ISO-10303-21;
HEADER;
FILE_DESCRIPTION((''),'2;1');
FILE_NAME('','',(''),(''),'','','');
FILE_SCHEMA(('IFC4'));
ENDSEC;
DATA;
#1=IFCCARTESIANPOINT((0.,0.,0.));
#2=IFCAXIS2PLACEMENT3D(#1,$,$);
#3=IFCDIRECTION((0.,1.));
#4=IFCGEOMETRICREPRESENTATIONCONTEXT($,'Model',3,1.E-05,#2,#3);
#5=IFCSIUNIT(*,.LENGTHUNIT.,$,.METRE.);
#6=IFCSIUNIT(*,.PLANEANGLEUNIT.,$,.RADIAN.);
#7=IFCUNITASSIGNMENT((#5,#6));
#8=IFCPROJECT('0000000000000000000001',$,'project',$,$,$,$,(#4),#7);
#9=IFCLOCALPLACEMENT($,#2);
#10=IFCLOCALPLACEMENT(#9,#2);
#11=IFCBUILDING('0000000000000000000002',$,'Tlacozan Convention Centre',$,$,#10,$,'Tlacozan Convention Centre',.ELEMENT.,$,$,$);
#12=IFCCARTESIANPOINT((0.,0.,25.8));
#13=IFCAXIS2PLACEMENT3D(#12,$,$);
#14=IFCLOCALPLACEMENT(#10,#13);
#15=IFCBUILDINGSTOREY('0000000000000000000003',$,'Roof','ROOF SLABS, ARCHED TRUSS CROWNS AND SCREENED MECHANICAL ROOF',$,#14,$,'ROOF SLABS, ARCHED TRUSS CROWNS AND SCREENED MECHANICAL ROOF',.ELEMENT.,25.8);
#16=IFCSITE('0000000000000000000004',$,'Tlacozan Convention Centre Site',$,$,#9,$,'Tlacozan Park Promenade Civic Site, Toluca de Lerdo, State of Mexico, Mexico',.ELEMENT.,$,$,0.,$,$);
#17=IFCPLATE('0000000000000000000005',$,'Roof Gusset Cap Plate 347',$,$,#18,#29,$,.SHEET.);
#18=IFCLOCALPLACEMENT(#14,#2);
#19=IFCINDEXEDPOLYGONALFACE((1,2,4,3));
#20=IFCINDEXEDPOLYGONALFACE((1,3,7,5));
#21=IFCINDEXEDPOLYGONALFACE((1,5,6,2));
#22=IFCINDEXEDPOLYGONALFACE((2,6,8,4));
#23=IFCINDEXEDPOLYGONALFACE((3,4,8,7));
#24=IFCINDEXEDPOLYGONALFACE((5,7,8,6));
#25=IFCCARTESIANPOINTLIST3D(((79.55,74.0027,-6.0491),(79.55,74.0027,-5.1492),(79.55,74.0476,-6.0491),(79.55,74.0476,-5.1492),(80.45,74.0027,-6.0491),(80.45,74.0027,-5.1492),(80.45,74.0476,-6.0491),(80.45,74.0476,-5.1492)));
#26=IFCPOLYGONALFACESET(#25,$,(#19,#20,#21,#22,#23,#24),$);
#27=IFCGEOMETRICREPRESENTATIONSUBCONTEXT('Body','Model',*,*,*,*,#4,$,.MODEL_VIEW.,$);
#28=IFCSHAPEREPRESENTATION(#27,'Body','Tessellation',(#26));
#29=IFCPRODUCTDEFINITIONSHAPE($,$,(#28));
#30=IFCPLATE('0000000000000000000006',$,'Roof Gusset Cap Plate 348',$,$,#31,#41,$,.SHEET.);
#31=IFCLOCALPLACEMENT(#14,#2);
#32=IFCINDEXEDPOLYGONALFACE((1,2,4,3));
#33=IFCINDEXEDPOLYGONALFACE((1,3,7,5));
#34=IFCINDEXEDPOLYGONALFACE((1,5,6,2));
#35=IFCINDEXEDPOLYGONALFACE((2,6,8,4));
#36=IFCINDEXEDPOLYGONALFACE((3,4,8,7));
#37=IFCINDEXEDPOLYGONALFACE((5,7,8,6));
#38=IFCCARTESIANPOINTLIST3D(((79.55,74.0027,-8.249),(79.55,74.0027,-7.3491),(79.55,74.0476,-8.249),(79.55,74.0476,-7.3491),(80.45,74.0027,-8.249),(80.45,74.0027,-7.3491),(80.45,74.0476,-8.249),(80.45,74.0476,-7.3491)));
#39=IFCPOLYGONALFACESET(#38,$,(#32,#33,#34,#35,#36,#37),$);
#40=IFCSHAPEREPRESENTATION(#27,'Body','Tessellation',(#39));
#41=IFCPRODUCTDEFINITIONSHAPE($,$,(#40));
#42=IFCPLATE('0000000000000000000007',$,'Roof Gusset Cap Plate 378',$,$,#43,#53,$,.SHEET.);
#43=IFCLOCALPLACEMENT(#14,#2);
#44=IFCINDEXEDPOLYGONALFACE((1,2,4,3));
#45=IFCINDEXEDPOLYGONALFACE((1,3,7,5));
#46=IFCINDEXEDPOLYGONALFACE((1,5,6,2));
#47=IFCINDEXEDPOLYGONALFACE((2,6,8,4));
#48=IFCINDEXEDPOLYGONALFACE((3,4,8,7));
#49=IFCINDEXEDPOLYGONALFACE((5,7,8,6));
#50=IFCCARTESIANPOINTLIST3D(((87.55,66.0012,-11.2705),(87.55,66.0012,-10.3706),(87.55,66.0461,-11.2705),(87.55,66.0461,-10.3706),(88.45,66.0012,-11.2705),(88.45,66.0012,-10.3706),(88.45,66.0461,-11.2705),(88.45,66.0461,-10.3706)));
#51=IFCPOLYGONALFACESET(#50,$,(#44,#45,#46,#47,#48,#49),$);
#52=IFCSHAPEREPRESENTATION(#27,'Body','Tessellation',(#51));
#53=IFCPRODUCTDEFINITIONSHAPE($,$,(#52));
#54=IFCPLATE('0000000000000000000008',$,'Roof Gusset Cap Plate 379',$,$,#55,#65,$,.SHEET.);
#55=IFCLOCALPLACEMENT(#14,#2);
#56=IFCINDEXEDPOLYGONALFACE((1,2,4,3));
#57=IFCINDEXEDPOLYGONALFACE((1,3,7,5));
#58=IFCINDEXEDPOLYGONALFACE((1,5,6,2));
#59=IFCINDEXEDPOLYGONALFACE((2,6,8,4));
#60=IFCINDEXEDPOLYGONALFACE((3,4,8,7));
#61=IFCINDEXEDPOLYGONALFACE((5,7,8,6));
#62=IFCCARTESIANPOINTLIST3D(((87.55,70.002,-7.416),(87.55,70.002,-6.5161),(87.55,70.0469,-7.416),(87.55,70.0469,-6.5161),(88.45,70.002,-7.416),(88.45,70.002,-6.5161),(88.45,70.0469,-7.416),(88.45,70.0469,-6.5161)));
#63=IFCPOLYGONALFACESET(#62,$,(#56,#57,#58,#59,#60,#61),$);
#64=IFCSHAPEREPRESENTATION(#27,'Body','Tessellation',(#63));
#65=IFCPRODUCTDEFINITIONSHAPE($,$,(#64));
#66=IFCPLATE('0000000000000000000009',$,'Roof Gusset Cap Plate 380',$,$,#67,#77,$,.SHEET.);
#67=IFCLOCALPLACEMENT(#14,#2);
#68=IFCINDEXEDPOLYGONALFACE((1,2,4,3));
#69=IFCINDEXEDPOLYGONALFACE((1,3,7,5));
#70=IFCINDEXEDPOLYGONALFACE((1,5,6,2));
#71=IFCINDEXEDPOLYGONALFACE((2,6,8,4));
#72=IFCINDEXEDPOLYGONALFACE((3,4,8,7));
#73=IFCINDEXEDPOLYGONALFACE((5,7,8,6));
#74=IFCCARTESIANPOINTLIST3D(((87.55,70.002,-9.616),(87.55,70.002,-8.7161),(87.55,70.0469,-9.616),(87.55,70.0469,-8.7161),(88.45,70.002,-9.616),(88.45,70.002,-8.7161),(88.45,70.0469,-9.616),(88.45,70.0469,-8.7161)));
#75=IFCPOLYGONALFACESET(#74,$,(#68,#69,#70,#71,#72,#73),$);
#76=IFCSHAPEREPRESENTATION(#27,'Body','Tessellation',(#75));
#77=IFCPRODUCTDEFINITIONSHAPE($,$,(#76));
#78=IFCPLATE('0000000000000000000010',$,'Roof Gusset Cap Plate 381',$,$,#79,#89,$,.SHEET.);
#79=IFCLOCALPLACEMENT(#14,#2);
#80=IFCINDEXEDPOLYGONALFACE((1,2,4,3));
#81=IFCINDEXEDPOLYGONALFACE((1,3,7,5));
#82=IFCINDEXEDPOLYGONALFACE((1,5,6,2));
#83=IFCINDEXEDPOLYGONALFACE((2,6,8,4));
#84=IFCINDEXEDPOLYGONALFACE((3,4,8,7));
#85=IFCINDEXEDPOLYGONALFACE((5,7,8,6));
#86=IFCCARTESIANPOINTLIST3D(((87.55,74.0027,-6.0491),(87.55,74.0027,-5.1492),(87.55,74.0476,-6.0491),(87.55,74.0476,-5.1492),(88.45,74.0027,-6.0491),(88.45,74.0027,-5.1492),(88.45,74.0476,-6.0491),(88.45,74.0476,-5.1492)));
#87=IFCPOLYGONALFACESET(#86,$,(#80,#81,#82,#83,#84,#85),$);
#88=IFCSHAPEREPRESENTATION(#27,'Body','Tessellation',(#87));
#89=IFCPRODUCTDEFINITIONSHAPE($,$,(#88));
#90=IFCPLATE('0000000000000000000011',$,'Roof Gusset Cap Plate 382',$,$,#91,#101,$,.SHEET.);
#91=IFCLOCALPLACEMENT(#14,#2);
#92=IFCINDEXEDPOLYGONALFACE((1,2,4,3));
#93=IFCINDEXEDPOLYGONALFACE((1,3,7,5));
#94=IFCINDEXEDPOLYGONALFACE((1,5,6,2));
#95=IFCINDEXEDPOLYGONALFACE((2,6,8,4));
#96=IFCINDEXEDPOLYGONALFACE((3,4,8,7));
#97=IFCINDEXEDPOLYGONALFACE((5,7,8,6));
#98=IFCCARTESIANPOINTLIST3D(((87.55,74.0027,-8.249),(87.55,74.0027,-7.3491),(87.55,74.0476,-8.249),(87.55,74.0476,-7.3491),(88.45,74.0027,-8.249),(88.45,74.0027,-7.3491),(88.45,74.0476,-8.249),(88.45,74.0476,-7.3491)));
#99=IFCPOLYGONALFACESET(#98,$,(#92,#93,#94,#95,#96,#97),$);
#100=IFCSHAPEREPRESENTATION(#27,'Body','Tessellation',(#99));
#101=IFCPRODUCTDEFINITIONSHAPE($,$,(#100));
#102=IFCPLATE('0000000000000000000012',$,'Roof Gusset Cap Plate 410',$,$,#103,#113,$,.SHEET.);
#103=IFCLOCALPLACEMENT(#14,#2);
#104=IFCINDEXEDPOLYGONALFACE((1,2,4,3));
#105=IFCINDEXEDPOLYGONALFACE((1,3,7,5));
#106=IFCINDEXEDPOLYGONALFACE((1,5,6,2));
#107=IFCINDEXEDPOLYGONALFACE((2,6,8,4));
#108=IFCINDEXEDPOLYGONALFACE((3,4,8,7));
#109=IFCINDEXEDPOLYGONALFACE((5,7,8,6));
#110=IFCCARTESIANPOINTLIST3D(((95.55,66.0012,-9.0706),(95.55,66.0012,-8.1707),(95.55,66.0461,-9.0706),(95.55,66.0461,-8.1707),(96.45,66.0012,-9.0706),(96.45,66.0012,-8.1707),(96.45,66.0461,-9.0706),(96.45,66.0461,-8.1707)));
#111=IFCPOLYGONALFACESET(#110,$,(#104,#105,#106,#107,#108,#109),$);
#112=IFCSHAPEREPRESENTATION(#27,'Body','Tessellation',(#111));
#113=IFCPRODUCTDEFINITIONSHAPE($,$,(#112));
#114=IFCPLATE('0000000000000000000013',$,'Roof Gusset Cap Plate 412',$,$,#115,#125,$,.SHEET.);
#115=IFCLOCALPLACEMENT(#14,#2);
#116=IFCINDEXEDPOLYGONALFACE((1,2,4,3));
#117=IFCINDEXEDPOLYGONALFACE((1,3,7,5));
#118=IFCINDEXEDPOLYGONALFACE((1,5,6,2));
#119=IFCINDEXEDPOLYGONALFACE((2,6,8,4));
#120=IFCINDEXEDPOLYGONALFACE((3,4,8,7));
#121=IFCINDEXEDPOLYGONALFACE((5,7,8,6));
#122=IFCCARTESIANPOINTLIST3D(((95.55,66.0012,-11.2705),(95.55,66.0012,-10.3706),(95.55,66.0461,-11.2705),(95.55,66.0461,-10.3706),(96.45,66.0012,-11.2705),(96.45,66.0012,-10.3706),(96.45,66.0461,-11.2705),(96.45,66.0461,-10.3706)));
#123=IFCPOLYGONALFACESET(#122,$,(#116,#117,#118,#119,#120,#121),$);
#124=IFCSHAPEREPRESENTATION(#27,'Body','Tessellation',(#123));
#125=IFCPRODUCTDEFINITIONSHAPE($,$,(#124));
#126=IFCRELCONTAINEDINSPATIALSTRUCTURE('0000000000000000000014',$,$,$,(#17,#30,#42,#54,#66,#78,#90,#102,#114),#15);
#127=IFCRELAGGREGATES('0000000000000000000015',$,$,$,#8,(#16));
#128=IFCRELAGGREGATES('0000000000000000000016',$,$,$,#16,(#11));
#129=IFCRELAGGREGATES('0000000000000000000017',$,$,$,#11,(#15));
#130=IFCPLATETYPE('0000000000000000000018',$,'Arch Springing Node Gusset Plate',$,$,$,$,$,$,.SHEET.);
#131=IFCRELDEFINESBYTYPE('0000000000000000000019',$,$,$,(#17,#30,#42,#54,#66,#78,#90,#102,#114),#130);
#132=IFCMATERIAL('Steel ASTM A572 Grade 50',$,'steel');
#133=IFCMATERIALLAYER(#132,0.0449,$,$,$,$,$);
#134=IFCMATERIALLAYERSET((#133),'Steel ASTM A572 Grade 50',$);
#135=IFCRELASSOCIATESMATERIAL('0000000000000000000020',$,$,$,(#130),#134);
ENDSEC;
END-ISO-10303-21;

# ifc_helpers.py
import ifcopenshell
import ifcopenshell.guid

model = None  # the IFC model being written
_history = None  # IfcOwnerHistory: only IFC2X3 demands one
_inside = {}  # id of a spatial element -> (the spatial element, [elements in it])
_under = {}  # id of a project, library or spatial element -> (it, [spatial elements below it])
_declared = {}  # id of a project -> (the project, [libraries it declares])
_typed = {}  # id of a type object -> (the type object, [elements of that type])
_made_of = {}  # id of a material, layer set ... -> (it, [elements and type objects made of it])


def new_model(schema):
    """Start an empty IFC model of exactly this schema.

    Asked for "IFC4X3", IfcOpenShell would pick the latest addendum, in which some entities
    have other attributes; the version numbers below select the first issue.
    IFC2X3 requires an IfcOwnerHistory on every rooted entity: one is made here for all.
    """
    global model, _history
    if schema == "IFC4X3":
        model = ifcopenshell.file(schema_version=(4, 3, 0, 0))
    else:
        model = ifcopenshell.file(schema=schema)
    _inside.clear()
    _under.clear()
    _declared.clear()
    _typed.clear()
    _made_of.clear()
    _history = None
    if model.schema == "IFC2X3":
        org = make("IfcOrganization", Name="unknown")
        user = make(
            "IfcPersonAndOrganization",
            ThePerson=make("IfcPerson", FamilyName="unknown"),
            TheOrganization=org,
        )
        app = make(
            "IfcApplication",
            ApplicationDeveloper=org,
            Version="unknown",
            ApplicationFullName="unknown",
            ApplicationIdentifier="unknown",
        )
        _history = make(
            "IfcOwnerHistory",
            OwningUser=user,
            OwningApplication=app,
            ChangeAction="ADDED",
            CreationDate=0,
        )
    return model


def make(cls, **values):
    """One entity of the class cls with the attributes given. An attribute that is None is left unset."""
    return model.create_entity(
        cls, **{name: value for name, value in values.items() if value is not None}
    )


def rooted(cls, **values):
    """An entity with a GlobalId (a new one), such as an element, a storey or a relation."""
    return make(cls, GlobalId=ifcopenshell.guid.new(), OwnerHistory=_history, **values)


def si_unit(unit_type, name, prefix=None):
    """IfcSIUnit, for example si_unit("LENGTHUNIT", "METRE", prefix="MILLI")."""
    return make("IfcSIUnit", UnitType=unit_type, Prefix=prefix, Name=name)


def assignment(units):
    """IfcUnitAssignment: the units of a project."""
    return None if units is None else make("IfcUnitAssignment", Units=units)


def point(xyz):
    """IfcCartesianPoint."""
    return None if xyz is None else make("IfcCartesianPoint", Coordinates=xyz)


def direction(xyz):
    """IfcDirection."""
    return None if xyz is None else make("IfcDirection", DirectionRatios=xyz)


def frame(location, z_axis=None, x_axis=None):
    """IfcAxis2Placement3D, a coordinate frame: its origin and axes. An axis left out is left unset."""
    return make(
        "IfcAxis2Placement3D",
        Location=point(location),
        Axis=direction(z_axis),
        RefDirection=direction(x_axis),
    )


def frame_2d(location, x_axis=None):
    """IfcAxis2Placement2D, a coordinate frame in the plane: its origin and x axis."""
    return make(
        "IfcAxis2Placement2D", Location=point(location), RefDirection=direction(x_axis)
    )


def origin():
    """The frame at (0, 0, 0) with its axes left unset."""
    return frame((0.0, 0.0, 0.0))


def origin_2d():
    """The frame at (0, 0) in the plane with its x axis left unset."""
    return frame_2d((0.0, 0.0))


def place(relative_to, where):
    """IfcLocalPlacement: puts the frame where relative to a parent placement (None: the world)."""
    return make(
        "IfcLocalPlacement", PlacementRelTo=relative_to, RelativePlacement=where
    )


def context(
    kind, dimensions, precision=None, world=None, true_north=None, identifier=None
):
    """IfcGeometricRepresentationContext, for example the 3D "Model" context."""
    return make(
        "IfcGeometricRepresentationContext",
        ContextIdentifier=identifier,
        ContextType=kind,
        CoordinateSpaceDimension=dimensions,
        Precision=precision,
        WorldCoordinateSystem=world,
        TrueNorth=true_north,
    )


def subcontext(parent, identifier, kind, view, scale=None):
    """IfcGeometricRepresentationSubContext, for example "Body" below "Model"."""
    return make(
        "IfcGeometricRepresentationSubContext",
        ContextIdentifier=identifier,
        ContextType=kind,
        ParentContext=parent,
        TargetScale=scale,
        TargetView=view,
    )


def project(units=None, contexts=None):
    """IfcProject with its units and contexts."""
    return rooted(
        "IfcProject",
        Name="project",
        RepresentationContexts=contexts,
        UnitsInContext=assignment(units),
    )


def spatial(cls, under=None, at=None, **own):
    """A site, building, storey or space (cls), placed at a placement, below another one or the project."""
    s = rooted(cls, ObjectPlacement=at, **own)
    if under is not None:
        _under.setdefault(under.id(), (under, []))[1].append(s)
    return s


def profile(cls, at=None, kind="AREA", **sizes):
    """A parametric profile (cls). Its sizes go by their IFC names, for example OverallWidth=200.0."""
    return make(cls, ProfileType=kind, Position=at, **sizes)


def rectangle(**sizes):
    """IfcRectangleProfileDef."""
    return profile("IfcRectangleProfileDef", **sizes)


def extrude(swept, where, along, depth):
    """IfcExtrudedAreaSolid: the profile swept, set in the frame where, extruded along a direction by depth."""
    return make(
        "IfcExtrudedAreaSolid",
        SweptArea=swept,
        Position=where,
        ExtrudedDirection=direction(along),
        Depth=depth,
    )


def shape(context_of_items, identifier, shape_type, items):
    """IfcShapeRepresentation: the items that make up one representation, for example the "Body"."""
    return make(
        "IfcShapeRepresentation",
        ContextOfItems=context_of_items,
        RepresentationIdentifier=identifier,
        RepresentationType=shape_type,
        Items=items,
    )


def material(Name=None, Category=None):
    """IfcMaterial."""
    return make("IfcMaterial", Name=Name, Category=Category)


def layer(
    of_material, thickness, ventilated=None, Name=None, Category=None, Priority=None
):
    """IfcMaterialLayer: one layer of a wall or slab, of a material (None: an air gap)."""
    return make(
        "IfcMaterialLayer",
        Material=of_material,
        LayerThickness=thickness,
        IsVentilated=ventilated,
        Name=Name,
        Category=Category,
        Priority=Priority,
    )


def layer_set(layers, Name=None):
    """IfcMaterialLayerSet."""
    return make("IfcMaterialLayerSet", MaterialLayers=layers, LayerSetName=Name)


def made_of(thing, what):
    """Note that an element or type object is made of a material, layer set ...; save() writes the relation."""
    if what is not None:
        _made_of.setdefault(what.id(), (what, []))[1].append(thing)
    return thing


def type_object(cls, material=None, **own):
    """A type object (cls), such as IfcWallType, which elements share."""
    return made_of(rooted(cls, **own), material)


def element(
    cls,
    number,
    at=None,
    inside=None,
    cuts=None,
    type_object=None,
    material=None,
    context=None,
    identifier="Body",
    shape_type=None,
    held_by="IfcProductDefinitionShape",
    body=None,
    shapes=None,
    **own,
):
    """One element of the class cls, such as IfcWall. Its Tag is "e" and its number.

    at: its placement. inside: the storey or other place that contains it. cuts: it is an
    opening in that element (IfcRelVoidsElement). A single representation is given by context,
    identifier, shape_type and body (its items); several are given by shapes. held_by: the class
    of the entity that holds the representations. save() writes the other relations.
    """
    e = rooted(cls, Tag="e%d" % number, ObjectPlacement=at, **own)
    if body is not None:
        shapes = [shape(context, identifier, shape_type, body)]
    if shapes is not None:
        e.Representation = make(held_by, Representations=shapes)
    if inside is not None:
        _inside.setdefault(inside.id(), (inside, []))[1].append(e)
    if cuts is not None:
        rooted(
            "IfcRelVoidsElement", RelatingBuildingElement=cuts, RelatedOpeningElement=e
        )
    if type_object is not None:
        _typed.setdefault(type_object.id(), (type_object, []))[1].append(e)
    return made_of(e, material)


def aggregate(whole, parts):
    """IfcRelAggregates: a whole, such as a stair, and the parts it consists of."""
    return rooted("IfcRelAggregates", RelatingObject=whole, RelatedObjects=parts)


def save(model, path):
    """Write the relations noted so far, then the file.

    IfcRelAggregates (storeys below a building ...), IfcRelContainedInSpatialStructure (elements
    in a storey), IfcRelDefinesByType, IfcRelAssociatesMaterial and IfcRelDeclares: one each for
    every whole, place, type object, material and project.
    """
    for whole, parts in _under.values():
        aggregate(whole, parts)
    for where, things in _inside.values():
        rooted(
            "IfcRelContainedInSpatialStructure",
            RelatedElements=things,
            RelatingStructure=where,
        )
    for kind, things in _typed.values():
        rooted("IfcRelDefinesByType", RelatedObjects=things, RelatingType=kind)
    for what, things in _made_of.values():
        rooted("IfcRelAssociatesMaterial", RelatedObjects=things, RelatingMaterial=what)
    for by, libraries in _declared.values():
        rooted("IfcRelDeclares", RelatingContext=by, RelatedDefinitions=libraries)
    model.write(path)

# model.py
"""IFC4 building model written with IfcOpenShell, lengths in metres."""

from ifc_helpers import new_model, si_unit, direction, frame, origin, origin_2d, place, context, subcontext, project, spatial, rectangle, extrude, material, layer, layer_set, type_object, element, save


model = new_model("IFC4")

# Units and contexts
model_context = context("Model", 3, precision=1e-05, world=origin(), true_north=direction((0.0, 1.0)))
body_context = subcontext(model_context, "Body", "Model", "MODEL_VIEW")
ifc_project = project(units=[si_unit("LENGTHUNIT", "METRE"), si_unit("PLANEANGLEUNIT", "RADIAN")], contexts=[model_context])

# Site, building, storey
site_placement = place(None, origin())
site = spatial("IfcSite", under=ifc_project, at=site_placement, Name="Tlacozan Convention Centre Site", LongName="Tlacozan Park Promenade Civic Site, Toluca de Lerdo, State of Mexico, Mexico", CompositionType="ELEMENT", RefElevation=0.0)
building_placement = place(site_placement, origin())
building = spatial("IfcBuilding", under=site, at=building_placement, Name="Tlacozan Convention Centre", LongName="Tlacozan Convention Centre", CompositionType="ELEMENT")
storey_placement = place(building_placement, frame((0.0, 0.0, 25.8)))
storey = spatial("IfcBuildingStorey", under=building, at=storey_placement, Name="Roof", Description="ROOF SLABS, ARCHED TRUSS CROWNS AND SCREENED MECHANICAL ROOF", LongName="ROOF SLABS, ARCHED TRUSS CROWNS AND SCREENED MECHANICAL ROOF", CompositionType="ELEMENT", Elevation=25.8)

# Plates
ifc_material_1 = material(Name="Steel ASTM A572 Grade 50", Category="steel")
ifc_layer = layer(ifc_material_1, 0.0449)
ifc_layer_set = layer_set([ifc_layer], Name="Steel ASTM A572 Grade 50")
plate_type = type_object("IfcPlateType", Name="Arch Springing Node Gusset Plate", PredefinedType="SHEET", material=ifc_layer_set)
for number, where, z_axis, x_axis, name in (
    (1, (80.0, 74.0251, -6.0491), (0.0, 0.0, 1.0), (0.0, 1.0, 0.0), "Roof Gusset Cap Plate 347"),
    (2, (80.0, 74.0251, -8.249), (0.0, 0.0, 1.0), (0.0, 1.0, 0.0), "Roof Gusset Cap Plate 348"),
    (3, (88.0, 66.0237, -11.2705), (0.0, 0.0, 1.0), (0.0, 1.0, 0.0), "Roof Gusset Cap Plate 378"),
    (4, (88.0, 70.0244, -7.416), (0.0, 0.0, 1.0), (0.0, 1.0, 0.0), "Roof Gusset Cap Plate 379"),
    (5, (88.0, 70.0244, -9.616), (0.0, 0.0, 1.0), (0.0, 1.0, 0.0), "Roof Gusset Cap Plate 380"),
    (6, (88.0, 74.0251, -6.0491), (0.0, 0.0, 1.0), (0.0, 1.0, 0.0), "Roof Gusset Cap Plate 381"),
    (7, (88.0, 74.0251, -8.249), (0.0, 0.0, 1.0), (0.0, 1.0, 0.0), "Roof Gusset Cap Plate 382"),
    (8, (96.0, 66.0237, -9.0706), (0.0, 0.0, 1.0), (0.0, 1.0, 0.0), "Roof Gusset Cap Plate 410"),
    (9, (96.0, 66.0237, -11.2705), (0.0, 0.0, 1.0), (0.0, 1.0, 0.0), "Roof Gusset Cap Plate 412"),
):
    element("IfcPlate", number, at=place(storey_placement, frame(where, z_axis=z_axis, x_axis=x_axis)), inside=storey, type_object=plate_type, Name=name, PredefinedType="SHEET", context=body_context, shape_type="SweptSolid", body=[
        extrude(rectangle(XDim=0.0449, YDim=0.8999, at=origin_2d()), origin(), (0.0, 0.0, 1.0), 0.8999),
    ])

save(model, "model.ifc")
